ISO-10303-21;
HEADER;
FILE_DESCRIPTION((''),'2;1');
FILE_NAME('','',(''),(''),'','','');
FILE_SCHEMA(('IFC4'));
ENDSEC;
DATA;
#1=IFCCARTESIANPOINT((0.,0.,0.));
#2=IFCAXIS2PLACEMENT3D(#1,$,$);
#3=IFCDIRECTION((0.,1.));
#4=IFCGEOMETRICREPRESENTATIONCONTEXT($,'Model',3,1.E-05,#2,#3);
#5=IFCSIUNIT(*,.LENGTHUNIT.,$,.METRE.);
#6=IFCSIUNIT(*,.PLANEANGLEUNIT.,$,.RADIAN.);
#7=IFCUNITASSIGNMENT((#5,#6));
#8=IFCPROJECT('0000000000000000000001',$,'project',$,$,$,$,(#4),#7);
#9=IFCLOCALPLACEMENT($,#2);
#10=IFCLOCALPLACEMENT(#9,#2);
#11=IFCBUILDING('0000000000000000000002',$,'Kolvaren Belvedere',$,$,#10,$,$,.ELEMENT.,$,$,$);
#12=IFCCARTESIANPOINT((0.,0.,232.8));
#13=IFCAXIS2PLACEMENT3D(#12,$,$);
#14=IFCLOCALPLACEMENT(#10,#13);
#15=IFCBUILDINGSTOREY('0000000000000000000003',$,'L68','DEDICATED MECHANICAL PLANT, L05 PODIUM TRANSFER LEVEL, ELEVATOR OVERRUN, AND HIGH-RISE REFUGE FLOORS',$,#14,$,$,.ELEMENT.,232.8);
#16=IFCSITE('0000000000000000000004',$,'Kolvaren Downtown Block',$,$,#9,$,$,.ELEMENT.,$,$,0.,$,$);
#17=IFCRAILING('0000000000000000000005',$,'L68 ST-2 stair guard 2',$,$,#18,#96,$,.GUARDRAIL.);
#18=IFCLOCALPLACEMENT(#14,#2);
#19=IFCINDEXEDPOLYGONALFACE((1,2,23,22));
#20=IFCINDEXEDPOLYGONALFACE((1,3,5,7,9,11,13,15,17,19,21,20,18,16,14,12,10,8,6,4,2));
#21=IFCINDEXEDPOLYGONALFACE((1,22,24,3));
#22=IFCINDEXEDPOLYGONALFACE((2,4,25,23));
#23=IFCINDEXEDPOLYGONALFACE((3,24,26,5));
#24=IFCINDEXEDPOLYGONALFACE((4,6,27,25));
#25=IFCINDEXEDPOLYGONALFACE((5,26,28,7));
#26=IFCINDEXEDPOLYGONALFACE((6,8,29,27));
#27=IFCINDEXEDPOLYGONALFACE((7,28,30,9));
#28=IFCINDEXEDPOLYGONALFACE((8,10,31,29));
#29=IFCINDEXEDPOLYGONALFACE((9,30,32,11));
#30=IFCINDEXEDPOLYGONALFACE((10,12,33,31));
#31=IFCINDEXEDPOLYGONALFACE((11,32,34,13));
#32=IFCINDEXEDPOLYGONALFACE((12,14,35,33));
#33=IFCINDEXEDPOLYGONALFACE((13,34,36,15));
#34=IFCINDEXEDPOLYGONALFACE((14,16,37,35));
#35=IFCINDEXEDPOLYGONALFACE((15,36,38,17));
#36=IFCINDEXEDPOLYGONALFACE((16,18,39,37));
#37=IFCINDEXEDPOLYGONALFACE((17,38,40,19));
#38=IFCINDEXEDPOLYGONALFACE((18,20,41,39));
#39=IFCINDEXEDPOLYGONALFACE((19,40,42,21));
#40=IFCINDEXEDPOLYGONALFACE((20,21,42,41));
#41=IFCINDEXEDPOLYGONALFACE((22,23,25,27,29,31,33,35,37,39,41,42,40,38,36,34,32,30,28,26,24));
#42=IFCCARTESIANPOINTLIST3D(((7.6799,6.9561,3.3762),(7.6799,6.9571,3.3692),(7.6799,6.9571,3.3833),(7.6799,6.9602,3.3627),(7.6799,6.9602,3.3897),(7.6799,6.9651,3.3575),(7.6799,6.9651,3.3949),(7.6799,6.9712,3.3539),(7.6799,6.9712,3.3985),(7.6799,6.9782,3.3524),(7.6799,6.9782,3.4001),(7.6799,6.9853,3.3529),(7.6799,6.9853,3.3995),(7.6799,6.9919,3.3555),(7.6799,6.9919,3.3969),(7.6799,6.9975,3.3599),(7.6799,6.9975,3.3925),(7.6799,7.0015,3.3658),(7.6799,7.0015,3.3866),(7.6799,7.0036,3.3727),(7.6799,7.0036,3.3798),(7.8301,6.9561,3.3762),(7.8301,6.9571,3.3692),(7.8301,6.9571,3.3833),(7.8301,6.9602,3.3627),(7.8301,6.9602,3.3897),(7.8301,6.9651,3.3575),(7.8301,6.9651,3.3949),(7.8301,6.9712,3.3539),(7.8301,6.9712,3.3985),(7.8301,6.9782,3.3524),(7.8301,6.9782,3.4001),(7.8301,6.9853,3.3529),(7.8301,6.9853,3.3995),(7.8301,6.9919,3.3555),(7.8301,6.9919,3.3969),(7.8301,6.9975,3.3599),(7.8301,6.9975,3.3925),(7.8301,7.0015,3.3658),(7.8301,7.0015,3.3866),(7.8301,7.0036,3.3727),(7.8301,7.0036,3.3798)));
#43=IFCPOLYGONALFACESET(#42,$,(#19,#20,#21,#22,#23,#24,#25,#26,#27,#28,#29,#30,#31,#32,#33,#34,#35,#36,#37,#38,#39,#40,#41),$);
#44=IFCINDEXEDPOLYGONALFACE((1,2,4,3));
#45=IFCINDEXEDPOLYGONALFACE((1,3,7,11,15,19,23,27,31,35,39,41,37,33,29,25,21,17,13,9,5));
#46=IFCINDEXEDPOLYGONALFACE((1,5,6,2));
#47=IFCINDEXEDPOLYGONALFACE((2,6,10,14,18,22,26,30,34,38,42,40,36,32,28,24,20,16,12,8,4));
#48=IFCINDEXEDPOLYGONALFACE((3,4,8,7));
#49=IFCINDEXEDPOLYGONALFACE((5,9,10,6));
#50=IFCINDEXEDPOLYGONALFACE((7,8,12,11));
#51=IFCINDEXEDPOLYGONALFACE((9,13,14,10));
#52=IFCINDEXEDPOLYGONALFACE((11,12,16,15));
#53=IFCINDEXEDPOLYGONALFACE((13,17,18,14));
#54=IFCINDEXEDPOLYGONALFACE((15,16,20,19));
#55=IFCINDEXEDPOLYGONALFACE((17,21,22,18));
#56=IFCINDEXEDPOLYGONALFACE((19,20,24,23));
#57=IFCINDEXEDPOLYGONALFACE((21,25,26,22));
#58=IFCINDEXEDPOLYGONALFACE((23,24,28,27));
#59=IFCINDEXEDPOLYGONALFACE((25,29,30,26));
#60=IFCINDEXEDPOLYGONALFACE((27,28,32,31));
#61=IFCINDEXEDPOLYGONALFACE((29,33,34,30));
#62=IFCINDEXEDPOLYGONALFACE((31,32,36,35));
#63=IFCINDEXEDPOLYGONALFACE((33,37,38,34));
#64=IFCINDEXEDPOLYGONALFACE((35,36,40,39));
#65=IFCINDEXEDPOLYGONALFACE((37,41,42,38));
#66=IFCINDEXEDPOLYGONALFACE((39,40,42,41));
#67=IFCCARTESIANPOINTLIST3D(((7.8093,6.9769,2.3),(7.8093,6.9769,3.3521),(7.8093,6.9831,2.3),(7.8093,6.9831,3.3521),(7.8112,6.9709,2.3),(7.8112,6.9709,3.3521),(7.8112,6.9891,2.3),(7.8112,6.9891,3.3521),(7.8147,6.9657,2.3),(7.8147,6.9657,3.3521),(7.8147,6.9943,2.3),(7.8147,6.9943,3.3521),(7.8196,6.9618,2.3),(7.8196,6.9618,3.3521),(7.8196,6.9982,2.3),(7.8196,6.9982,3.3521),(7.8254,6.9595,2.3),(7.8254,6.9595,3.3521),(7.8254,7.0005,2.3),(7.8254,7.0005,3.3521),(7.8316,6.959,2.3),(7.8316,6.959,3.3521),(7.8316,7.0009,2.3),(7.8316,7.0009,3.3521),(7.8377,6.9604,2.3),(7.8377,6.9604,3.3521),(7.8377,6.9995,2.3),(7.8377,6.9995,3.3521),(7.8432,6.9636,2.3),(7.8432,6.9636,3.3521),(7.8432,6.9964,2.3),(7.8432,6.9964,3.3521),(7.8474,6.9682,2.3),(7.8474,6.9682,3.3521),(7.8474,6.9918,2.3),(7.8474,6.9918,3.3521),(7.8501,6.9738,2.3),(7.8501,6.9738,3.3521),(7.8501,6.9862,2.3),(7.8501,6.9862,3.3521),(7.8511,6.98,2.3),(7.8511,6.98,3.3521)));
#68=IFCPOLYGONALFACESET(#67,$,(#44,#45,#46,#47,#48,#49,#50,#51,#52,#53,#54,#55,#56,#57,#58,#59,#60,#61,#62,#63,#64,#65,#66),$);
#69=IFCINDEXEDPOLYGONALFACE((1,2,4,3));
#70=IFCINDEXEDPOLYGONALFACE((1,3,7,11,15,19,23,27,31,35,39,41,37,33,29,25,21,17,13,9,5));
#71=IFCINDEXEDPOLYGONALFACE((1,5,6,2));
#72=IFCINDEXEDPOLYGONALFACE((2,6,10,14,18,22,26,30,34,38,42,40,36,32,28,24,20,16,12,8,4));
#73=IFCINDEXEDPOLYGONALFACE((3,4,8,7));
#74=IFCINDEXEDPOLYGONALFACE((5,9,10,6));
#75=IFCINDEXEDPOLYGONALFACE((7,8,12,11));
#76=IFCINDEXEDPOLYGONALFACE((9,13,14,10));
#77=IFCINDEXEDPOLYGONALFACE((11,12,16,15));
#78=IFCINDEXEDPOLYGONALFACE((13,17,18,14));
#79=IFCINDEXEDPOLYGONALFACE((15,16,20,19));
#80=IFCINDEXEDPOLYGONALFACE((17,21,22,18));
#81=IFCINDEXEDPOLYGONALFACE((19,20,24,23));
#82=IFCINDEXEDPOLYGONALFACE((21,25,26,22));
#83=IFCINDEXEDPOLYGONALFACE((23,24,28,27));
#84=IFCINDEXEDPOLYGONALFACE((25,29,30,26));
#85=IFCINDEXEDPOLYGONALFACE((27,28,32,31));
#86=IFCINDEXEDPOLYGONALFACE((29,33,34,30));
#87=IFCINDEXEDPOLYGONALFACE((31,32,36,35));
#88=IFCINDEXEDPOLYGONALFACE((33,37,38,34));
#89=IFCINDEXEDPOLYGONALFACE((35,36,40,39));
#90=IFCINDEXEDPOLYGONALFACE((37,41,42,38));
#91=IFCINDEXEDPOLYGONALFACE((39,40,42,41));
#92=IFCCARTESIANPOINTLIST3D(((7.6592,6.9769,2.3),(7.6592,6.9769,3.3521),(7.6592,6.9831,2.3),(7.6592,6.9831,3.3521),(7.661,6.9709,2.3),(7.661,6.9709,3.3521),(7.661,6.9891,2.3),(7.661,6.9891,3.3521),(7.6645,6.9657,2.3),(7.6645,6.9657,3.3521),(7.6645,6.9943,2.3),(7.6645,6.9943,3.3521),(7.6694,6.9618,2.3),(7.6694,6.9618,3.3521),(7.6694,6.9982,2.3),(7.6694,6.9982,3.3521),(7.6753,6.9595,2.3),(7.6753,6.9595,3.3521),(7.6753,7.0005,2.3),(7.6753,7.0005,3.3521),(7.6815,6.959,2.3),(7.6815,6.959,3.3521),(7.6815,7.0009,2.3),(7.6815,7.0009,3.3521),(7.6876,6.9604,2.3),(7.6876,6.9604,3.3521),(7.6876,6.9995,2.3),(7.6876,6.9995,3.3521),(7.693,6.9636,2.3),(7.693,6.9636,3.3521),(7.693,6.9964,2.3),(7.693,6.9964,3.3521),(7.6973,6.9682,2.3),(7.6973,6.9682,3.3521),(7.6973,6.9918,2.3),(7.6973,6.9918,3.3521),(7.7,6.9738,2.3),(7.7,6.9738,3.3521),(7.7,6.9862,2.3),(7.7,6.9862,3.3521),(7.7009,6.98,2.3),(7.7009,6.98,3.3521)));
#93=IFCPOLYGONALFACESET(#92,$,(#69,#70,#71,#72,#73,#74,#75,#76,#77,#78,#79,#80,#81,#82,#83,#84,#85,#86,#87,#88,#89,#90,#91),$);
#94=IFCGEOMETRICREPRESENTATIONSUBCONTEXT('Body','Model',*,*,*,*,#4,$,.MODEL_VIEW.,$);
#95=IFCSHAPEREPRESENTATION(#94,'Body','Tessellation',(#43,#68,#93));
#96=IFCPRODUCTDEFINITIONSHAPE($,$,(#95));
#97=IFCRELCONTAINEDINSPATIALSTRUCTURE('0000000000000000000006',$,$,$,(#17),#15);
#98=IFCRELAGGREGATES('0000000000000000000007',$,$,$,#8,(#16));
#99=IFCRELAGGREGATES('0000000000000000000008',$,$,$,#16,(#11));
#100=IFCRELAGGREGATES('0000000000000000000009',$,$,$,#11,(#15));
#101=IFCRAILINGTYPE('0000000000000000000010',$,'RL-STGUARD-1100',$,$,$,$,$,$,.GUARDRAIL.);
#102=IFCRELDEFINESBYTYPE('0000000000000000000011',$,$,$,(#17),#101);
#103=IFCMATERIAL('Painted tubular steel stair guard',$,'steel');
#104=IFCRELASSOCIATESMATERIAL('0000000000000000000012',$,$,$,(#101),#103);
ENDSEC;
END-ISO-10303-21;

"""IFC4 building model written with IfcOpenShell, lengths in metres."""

from ifc_helpers import new_model, si_unit, direction, frame, origin, origin_2d, place, context, subcontext, project, spatial, circle, extrude, material, type_object, element, save


model = new_model("IFC4")

# Units and contexts
model_context = context("Model", 3, precision=1e-05, world=origin(), true_north=direction((0.0, 1.0)))
body_context = subcontext(model_context, "Body", "Model", "MODEL_VIEW")
ifc_project = project(units=[si_unit("LENGTHUNIT", "METRE"), si_unit("PLANEANGLEUNIT", "RADIAN")], contexts=[model_context])

# Site, building, storey
site_placement = place(None, origin())
site = spatial("IfcSite", under=ifc_project, at=site_placement, Name="Kolvaren Downtown Block", CompositionType="ELEMENT", RefElevation=0.0)
building_placement = place(site_placement, origin())
building = spatial("IfcBuilding", under=site, at=building_placement, Name="Kolvaren Belvedere", CompositionType="ELEMENT")
storey_placement = place(building_placement, frame((0.0, 0.0, 232.8)))
storey = spatial("IfcBuildingStorey", under=building, at=storey_placement, Name="L68", Description="DEDICATED MECHANICAL PLANT, L05 PODIUM TRANSFER LEVEL, ELEVATOR OVERRUN, AND HIGH-RISE REFUGE FLOORS", CompositionType="ELEMENT", Elevation=232.8)

# Railing
ifc_material_1 = material(Name="Painted tubular steel stair guard", Category="steel")
railing_type_1 = type_object("IfcRailingType", Name="RL-STGUARD-1100", PredefinedType="GUARDRAIL", material=ifc_material_1)
railing_1_placement = place(storey_placement, frame((7.8301, 6.98, 2.3)))
element("IfcRailing", 1, at=railing_1_placement, inside=storey, type_object=railing_type_1, Name="L68 ST-2 stair guard 2", PredefinedType="GUARDRAIL", context=body_context, shape_type="SweptSolid", body=[
    extrude(circle(Radius=0.0239, at=origin_2d()), frame((0.0, 0.0, 1.0762), z_axis=(-1.0, 0.0, 0.0), x_axis=(0.0, -1.0, 0.0)), (0.0, 0.0, 1.0), 0.1501),
    extrude(circle(Radius=0.021, at=origin_2d()), origin(), (0.0, 0.0, 1.0), 1.052),
    extrude(circle(Radius=0.021, at=origin_2d()), frame((-0.1501, 0.0, 0.0)), (0.0, 0.0, 1.0), 1.052),
])

save(model, "model.ifc")
